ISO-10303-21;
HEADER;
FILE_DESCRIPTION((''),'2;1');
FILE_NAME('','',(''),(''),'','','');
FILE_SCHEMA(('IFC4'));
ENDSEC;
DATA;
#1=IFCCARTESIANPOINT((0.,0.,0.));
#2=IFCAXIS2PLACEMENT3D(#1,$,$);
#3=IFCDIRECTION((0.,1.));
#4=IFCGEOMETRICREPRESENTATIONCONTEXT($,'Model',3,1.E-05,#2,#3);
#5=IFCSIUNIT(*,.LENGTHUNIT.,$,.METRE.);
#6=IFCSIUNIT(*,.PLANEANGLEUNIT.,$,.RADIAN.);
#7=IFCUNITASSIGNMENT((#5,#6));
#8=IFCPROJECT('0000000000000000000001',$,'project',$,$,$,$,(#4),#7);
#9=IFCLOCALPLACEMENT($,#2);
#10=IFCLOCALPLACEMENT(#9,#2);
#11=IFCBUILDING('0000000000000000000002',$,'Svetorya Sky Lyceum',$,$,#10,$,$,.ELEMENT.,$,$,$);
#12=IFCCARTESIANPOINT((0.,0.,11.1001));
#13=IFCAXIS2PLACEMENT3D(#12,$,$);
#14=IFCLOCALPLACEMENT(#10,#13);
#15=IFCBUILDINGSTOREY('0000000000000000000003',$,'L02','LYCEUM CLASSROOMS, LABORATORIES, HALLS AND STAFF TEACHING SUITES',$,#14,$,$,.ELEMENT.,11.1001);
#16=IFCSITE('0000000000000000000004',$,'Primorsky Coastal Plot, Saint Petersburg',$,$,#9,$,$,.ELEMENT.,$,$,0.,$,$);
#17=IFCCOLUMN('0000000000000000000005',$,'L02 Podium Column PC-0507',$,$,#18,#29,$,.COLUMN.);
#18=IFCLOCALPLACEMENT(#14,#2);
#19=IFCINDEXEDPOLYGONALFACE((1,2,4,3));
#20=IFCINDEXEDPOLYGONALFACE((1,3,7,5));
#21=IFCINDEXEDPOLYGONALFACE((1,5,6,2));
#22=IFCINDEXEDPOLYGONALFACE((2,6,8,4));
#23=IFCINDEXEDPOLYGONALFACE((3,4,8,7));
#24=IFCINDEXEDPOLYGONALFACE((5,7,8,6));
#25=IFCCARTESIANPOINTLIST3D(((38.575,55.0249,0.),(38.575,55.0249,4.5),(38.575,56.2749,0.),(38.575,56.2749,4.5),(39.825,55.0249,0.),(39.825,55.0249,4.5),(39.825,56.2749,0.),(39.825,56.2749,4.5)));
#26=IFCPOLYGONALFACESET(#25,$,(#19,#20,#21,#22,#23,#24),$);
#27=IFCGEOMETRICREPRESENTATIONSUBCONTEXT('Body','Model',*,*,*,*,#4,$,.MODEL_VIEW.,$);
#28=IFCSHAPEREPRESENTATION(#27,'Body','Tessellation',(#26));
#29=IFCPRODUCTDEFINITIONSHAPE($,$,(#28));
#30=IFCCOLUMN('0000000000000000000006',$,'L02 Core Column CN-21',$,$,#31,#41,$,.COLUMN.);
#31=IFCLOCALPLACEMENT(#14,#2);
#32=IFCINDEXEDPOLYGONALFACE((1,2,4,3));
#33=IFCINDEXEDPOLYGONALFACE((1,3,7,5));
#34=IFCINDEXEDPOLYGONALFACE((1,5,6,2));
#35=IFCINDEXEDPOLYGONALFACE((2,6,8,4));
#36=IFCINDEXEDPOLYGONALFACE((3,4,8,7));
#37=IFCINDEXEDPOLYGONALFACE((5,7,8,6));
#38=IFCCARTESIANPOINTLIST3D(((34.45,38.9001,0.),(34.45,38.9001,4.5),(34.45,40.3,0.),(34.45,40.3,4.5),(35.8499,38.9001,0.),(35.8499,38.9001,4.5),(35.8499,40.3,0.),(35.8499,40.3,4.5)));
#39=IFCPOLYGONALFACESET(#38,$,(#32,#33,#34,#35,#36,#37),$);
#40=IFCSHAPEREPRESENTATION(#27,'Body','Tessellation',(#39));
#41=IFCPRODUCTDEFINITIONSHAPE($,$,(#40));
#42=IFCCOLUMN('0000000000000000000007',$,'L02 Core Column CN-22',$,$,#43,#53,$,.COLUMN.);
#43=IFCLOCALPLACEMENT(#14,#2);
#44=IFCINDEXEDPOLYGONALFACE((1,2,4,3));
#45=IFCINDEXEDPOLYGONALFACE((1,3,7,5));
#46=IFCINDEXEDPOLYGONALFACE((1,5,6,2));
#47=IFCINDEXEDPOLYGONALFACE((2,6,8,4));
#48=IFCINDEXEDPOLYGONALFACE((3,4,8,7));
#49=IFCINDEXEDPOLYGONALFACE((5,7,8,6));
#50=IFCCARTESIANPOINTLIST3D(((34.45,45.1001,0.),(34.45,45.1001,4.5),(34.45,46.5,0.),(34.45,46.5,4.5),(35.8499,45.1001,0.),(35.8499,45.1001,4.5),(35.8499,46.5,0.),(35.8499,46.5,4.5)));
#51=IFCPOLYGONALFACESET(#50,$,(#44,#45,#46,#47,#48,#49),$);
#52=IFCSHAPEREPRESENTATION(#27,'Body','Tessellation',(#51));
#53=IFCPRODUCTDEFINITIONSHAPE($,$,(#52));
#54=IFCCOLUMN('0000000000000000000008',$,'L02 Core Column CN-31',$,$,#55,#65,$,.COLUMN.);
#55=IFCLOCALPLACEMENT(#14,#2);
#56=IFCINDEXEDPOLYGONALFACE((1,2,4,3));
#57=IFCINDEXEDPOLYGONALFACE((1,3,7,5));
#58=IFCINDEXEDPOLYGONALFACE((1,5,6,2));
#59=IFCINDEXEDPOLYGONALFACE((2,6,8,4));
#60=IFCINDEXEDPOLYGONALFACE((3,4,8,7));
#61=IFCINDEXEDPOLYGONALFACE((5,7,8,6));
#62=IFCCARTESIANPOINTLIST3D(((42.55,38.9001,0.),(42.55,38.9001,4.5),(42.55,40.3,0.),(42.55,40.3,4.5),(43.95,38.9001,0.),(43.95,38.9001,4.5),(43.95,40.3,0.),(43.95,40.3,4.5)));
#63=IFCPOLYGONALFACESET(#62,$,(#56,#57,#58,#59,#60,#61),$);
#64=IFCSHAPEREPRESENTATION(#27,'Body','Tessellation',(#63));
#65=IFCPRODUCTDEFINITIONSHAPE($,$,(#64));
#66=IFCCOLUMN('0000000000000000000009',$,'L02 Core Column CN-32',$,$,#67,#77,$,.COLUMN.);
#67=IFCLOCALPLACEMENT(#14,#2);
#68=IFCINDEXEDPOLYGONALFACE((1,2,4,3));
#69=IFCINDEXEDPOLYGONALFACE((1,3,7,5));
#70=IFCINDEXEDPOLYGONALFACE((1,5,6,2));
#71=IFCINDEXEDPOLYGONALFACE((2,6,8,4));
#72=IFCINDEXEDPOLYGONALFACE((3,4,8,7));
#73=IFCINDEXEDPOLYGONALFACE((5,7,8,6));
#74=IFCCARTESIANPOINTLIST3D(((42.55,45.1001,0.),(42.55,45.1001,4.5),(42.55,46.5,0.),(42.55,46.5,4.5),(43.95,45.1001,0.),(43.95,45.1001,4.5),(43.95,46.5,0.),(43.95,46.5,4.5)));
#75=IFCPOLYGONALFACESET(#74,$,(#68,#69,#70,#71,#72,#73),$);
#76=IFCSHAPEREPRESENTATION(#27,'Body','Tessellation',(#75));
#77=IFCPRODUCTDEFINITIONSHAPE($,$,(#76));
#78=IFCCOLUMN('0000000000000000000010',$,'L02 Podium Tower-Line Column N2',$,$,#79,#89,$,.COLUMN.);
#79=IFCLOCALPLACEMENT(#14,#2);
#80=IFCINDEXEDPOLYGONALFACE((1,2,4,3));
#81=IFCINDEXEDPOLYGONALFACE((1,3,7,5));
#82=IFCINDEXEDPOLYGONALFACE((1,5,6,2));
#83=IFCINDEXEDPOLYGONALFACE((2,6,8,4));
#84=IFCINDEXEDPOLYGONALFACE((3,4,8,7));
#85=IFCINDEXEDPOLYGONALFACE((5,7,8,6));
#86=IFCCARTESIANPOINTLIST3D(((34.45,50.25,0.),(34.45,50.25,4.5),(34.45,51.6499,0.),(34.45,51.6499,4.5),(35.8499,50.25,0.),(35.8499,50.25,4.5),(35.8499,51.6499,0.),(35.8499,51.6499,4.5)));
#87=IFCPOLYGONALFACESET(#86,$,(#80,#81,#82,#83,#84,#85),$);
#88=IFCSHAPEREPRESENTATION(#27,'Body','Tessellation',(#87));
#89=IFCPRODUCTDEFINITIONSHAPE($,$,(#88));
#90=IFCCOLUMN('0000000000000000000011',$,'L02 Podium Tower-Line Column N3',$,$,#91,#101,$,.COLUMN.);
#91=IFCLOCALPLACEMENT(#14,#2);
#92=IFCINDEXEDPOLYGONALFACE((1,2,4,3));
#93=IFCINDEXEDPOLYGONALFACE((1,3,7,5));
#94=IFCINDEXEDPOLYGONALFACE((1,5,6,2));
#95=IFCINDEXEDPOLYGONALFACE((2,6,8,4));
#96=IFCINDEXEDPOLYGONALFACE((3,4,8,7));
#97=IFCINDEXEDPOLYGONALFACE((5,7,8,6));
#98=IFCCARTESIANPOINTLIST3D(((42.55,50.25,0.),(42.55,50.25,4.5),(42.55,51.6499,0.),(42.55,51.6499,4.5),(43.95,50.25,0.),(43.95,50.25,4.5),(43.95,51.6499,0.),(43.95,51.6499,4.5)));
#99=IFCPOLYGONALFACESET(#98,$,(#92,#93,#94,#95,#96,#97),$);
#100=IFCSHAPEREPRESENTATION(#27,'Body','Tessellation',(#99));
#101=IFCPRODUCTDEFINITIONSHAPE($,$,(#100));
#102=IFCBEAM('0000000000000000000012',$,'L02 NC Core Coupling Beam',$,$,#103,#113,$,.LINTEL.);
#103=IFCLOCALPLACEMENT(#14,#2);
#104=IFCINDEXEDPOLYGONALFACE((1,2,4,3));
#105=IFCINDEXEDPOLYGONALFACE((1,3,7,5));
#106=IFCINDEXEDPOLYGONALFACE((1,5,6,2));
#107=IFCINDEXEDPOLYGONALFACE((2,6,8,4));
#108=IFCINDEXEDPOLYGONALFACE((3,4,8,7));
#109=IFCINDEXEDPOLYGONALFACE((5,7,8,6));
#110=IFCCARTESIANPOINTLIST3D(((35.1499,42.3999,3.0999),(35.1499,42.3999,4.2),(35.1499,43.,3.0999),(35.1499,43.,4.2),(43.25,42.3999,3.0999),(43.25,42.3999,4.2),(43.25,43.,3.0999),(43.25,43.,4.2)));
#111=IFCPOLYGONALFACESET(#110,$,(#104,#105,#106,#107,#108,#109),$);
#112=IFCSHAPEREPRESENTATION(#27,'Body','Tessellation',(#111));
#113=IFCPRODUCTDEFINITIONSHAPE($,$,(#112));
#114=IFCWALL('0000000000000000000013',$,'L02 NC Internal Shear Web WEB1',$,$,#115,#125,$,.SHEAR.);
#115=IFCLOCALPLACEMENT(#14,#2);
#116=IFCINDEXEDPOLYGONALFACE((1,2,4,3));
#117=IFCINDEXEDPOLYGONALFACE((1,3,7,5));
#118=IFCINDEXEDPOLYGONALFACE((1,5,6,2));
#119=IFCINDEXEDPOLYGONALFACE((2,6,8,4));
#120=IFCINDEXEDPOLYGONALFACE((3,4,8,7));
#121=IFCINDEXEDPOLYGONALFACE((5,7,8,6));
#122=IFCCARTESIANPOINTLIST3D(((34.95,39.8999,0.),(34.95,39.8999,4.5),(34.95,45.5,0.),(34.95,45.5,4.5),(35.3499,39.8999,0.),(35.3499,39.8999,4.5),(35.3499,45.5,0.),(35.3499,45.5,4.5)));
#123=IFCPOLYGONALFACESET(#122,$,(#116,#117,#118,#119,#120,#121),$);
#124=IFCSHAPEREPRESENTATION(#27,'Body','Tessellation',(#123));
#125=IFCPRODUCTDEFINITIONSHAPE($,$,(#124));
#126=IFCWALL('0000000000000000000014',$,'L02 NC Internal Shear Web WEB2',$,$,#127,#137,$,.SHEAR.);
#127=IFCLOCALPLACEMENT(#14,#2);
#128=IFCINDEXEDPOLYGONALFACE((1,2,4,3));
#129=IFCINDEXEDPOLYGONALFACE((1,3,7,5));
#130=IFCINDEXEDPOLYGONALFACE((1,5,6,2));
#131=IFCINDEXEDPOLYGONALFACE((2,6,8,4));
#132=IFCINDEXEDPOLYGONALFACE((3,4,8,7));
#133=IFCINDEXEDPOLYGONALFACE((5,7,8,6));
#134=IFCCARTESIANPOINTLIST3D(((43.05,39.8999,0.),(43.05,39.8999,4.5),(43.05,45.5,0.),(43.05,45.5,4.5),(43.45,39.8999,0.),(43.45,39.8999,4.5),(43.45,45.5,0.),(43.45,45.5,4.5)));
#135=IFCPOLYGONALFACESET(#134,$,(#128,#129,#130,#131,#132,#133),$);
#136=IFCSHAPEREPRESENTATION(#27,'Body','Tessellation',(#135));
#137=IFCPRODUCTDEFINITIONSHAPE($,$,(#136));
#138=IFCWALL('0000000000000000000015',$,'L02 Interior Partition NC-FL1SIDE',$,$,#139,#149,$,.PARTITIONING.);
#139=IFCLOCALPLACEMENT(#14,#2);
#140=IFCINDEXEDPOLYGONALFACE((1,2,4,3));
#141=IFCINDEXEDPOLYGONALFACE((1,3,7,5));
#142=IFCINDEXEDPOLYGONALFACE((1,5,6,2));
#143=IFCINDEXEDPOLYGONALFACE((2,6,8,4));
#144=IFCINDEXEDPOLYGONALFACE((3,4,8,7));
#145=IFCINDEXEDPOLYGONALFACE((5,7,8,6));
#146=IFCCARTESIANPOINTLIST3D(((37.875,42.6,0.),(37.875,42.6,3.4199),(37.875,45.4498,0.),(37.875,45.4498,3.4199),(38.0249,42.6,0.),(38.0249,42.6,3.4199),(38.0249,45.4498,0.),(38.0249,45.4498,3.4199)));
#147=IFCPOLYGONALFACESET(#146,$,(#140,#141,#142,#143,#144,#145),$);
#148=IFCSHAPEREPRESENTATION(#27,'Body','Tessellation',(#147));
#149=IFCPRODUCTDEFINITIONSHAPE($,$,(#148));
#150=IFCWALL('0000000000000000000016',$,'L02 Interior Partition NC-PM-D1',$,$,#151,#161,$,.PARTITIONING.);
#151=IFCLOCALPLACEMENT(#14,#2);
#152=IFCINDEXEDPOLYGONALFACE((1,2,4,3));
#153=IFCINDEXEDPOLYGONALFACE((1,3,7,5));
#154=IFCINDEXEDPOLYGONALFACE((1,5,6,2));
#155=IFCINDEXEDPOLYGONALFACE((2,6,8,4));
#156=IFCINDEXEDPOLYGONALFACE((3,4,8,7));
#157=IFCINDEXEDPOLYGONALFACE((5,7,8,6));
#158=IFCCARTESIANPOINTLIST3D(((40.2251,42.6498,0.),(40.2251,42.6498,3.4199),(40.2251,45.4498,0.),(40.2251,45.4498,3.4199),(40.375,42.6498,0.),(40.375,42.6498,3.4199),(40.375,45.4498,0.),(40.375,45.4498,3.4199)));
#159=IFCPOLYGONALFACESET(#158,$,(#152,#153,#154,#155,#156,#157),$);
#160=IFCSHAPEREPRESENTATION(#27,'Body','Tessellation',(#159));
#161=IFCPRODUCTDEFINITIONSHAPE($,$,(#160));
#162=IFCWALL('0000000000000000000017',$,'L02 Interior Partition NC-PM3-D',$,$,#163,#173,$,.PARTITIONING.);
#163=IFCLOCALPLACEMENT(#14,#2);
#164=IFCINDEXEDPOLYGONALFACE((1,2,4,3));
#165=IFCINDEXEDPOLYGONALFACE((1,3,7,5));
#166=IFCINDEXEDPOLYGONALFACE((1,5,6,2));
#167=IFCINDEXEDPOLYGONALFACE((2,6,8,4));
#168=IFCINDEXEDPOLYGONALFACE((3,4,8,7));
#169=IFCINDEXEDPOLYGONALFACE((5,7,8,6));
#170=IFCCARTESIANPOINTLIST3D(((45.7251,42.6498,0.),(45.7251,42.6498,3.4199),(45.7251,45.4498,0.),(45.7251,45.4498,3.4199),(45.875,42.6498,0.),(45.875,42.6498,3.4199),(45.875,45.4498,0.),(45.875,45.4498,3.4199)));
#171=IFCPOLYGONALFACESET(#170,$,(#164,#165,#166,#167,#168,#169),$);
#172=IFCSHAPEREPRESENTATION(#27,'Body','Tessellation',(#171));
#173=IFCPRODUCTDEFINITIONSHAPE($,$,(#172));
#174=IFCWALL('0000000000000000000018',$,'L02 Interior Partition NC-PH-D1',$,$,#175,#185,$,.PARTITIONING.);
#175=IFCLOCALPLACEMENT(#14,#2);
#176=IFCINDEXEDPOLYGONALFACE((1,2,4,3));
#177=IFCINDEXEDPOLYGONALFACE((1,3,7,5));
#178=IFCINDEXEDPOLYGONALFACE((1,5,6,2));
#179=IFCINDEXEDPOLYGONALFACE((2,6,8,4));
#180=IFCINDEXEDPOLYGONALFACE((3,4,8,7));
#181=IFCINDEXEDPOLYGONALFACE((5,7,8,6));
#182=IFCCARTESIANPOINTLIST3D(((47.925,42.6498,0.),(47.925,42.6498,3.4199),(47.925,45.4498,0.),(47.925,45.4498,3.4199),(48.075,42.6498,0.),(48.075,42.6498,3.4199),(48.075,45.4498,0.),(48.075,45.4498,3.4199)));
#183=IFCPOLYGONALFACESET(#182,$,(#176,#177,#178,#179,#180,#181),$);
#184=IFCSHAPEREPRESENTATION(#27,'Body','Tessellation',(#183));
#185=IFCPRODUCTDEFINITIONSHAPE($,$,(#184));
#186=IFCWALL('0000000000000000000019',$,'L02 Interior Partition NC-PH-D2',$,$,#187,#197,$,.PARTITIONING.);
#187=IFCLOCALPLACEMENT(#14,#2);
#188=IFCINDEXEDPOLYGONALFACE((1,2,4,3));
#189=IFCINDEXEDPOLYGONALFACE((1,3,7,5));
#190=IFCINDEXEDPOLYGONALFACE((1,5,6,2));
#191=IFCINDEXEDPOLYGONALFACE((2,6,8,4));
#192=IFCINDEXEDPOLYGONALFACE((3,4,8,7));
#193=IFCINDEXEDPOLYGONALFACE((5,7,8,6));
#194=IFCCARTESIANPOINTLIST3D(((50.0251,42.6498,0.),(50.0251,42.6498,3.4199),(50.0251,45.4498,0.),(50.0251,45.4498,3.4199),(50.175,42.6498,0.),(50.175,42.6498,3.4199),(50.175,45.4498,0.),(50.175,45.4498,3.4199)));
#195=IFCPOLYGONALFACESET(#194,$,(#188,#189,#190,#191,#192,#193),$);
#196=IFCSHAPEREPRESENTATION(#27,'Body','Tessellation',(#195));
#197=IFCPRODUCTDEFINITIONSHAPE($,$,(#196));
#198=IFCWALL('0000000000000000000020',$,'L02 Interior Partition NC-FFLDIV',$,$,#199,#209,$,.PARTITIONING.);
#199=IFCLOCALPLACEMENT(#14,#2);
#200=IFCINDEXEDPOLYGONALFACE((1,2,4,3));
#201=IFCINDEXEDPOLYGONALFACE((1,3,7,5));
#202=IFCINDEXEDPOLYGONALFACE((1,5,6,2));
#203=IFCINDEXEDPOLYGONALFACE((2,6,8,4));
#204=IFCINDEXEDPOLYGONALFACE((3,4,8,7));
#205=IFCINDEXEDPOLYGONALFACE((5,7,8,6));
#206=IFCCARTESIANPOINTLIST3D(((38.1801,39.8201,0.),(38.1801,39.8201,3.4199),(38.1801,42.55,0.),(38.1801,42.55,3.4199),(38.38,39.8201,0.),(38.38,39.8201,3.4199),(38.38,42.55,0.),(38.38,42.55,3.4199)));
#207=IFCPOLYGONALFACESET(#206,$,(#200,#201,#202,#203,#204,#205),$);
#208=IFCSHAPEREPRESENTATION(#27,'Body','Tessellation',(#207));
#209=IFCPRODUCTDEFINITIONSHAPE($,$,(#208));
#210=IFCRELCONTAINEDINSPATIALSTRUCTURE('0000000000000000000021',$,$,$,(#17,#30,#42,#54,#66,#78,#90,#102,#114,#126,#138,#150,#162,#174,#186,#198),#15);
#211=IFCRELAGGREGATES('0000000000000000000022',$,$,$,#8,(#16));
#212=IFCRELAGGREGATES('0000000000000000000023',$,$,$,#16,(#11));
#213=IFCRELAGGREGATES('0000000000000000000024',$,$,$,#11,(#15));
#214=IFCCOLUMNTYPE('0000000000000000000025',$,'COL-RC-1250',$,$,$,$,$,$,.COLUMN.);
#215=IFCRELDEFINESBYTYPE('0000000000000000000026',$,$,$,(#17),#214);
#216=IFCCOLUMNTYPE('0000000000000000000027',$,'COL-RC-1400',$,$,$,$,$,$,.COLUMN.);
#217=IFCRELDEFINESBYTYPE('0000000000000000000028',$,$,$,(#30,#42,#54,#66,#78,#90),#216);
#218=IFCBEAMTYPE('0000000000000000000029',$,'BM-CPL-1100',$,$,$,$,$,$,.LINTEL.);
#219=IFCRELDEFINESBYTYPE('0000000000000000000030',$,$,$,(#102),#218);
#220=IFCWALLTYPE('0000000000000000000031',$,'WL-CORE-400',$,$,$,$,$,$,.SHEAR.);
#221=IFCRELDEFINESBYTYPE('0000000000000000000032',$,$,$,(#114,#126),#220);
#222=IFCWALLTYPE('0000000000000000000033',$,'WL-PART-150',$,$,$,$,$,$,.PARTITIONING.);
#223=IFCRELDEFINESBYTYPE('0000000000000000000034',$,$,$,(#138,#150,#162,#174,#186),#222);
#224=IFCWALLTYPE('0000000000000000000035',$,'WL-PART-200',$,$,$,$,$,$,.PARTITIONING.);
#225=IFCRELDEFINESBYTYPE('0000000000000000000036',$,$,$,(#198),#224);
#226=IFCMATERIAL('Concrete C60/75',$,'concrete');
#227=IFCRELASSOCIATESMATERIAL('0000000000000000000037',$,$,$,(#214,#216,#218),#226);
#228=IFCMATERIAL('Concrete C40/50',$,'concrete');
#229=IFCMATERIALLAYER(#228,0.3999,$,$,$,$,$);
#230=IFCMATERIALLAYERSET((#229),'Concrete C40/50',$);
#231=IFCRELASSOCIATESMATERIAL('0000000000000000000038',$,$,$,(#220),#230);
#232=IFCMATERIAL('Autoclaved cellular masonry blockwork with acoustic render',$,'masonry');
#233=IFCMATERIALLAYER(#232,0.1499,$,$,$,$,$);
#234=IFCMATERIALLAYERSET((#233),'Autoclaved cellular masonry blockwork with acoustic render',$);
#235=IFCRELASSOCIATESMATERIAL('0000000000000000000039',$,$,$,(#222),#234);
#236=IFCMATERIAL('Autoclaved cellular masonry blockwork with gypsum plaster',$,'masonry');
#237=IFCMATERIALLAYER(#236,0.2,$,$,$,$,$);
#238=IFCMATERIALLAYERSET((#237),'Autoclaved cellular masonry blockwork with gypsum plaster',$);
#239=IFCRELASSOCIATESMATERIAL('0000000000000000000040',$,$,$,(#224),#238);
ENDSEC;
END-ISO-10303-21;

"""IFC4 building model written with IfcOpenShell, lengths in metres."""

from ifc_helpers import new_model, si_unit, direction, frame, frame_2d, origin, origin_2d, place, context, subcontext, project, spatial, rectangle, extrude, material, layer, layer_set, material_profile, profile_set, type_object, element, save


model = new_model("IFC4")

# Units and contexts
model_context = context("Model", 3, precision=1e-05, world=origin(), true_north=direction((0.0, 1.0)))
body_context = subcontext(model_context, "Body", "Model", "MODEL_VIEW")
ifc_project = project(units=[si_unit("LENGTHUNIT", "METRE"), si_unit("PLANEANGLEUNIT", "RADIAN")], contexts=[model_context])

# Site, building, storey
site_placement = place(None, origin())
site = spatial("IfcSite", under=ifc_project, at=site_placement, Name="Primorsky Coastal Plot, Saint Petersburg", CompositionType="ELEMENT", RefElevation=0.0)
building_placement = place(site_placement, origin())
building = spatial("IfcBuilding", under=site, at=building_placement, Name="Svetorya Sky Lyceum", CompositionType="ELEMENT")
storey_placement = place(building_placement, frame((0.0, 0.0, 11.1001)))
storey = spatial("IfcBuildingStorey", under=building, at=storey_placement, Name="L02", Description="LYCEUM CLASSROOMS, LABORATORIES, HALLS AND STAFF TEACHING SUITES", CompositionType="ELEMENT", Elevation=11.1001)

# Columns
ifc_material_1 = material(Name="Concrete C60/75", Category="concrete")
ifc_material_profile_1 = material_profile(ifc_material_1, rectangle(XDim=1.25, YDim=1.25, at=origin_2d()), Name="RC COL 1250x1250")
ifc_profile_set_1 = profile_set([ifc_material_profile_1], Name="Concrete C60/75")
column_type_1 = type_object("IfcColumnType", Name="COL-RC-1250", PredefinedType="COLUMN", material=ifc_profile_set_1)
column_placement = place(storey_placement, frame((39.2, 55.6499, 0.0), z_axis=(0.0, 0.0, 1.0), x_axis=(1.0, 0.0, 0.0)))
element("IfcColumn", 1, at=column_placement, inside=storey, type_object=column_type_1, Name="L02 Podium Column PC-0507", PredefinedType="COLUMN", context=body_context, shape_type="SweptSolid", body=[
    extrude(rectangle(XDim=1.25, YDim=1.25, at=origin_2d()), origin(), (0.0, 0.0, 1.0), 4.5),
])
ifc_material_profile_2 = material_profile(ifc_material_1, rectangle(XDim=1.3999, YDim=1.3999, at=origin_2d()), Name="RC COL 1400x1400")
ifc_profile_set_2 = profile_set([ifc_material_profile_2], Name="Concrete C60/75")
column_type_2 = type_object("IfcColumnType", Name="COL-RC-1400", PredefinedType="COLUMN", material=ifc_profile_set_2)
for number, where, z_axis, x_axis, name in (
    (2, (35.1499, 39.6001, 0.0), (0.0, 0.0, 1.0), (1.0, 0.0, 0.0), "L02 Core Column CN-21"),
    (3, (35.1499, 45.8, 0.0), (0.0, 0.0, 1.0), (1.0, 0.0, 0.0), "L02 Core Column CN-22"),
    (4, (43.25, 39.6001, 0.0), (0.0, 0.0, 1.0), (1.0, 0.0, 0.0), "L02 Core Column CN-31"),
    (5, (43.25, 45.8, 0.0), (0.0, 0.0, 1.0), (1.0, 0.0, 0.0), "L02 Core Column CN-32"),
    (6, (35.1499, 50.95, 0.0), (0.0, 0.0, 1.0), (1.0, 0.0, 0.0), "L02 Podium Tower-Line Column N2"),
    (7, (43.25, 50.95, 0.0), (0.0, 0.0, 1.0), (1.0, 0.0, 0.0), "L02 Podium Tower-Line Column N3"),
):
    element("IfcColumn", number, at=place(storey_placement, frame(where, z_axis=z_axis, x_axis=x_axis)), inside=storey, type_object=column_type_2, Name=name, PredefinedType="COLUMN", context=body_context, shape_type="SweptSolid", body=[
        extrude(rectangle(XDim=1.3999, YDim=1.3999, at=origin_2d()), origin(), (0.0, 0.0, 1.0), 4.5),
    ])

# Beam
ifc_material_profile_3 = material_profile(ifc_material_1, rectangle(XDim=0.6001, YDim=1.1001, at=origin_2d()), Name="RC COUPLING 600x1100")
ifc_profile_set_3 = profile_set([ifc_material_profile_3], Name="Concrete C60/75")
beam_type = type_object("IfcBeamType", Name="BM-CPL-1100", PredefinedType="LINTEL", material=ifc_profile_set_3)
beam_placement = place(storey_placement, frame((35.1499, 42.7, 3.6499), z_axis=(1.0, 0.0, 0.0), x_axis=(0.0, 1.0, 0.0)))
element("IfcBeam", 8, at=beam_placement, inside=storey, type_object=beam_type, Name="L02 NC Core Coupling Beam", PredefinedType="LINTEL", context=body_context, shape_type="SweptSolid", body=[
    extrude(rectangle(XDim=0.6001, YDim=1.1001, at=origin_2d()), origin(), (0.0, 0.0, 1.0), 8.1001),
])

# Walls
ifc_material_2 = material(Name="Concrete C40/50", Category="concrete")
ifc_layer_1 = layer(ifc_material_2, 0.3999)
ifc_layer_set_1 = layer_set([ifc_layer_1], Name="Concrete C40/50")
wall_type_1 = type_object("IfcWallType", Name="WL-CORE-400", PredefinedType="SHEAR", material=ifc_layer_set_1)
for number, where, z_axis, x_axis, name in (
    (9, (35.1499, 39.8999, 0.0), (0.0, 0.0, 1.0), (0.0, 1.0, 0.0), "L02 NC Internal Shear Web WEB1"),
    (10, (43.25, 39.8999, 0.0), (0.0, 0.0, 1.0), (0.0, 1.0, 0.0), "L02 NC Internal Shear Web WEB2"),
):
    element("IfcWall", number, at=place(storey_placement, frame(where, z_axis=z_axis, x_axis=x_axis)), inside=storey, type_object=wall_type_1, Name=name, PredefinedType="SHEAR", context=body_context, shape_type="SweptSolid", body=[
        extrude(rectangle(XDim=5.6001, YDim=0.3999, at=frame_2d((2.8, 0.0))), origin(), (0.0, 0.0, 1.0), 4.5),
    ])
ifc_material_3 = material(Name="Autoclaved cellular masonry blockwork with acoustic render", Category="masonry")
ifc_layer_2 = layer(ifc_material_3, 0.1499)
ifc_layer_set_2 = layer_set([ifc_layer_2], Name="Autoclaved cellular masonry blockwork with acoustic render")
wall_type_2 = type_object("IfcWallType", Name="WL-PART-150", PredefinedType="PARTITIONING", material=ifc_layer_set_2)
wall_1_placement = place(storey_placement, frame((37.95, 42.6001, 0.0), z_axis=(0.0, 0.0, 1.0), x_axis=(0.0, 1.0, 0.0)))
element("IfcWall", 11, at=wall_1_placement, inside=storey, type_object=wall_type_2, Name="L02 Interior Partition NC-FL1SIDE", PredefinedType="PARTITIONING", context=body_context, shape_type="SweptSolid", body=[
    extrude(rectangle(XDim=2.8499, YDim=0.1499, at=frame_2d((1.4248, 0.0))), origin(), (0.0, 0.0, 1.0), 3.4199),
])
for number, where, z_axis, x_axis, name in (
    (12, (40.3, 42.6499, 0.0), (0.0, 0.0, 1.0), (0.0, 1.0, 0.0), "L02 Interior Partition NC-PM-D1"),
    (13, (45.8, 42.6499, 0.0), (0.0, 0.0, 1.0), (0.0, 1.0, 0.0), "L02 Interior Partition NC-PM3-D"),
    (14, (48.0, 42.6499, 0.0), (0.0, 0.0, 1.0), (0.0, 1.0, 0.0), "L02 Interior Partition NC-PH-D1"),
    (15, (50.1001, 42.6499, 0.0), (0.0, 0.0, 1.0), (0.0, 1.0, 0.0), "L02 Interior Partition NC-PH-D2"),
):
    element("IfcWall", number, at=place(storey_placement, frame(where, z_axis=z_axis, x_axis=x_axis)), inside=storey, type_object=wall_type_2, Name=name, PredefinedType="PARTITIONING", context=body_context, shape_type="SweptSolid", body=[
        extrude(rectangle(XDim=2.8, YDim=0.1499, at=frame_2d((1.3999, 0.0))), origin(), (0.0, 0.0, 1.0), 3.4199),
    ])

# Shared definitions
ifc_material_4 = material(Name="Autoclaved cellular masonry blockwork with gypsum plaster", Category="masonry")
ifc_layer_3 = layer(ifc_material_4, 0.2)
ifc_layer_set_3 = layer_set([ifc_layer_3], Name="Autoclaved cellular masonry blockwork with gypsum plaster")
wall_type_3 = type_object("IfcWallType", Name="WL-PART-200", PredefinedType="PARTITIONING", material=ifc_layer_set_3)

# Wall
wall_2_placement = place(storey_placement, frame((38.28, 39.8201, 0.0), z_axis=(0.0, 0.0, 1.0), x_axis=(0.0, 1.0, 0.0)))
element("IfcWall", 16, at=wall_2_placement, inside=storey, type_object=wall_type_3, Name="L02 Interior Partition NC-FFLDIV", PredefinedType="PARTITIONING", context=body_context, shape_type="SweptSolid", body=[
    extrude(rectangle(XDim=2.73, YDim=0.2, at=frame_2d((1.365, 0.0))), origin(), (0.0, 0.0, 1.0), 3.4199),
])

save(model, "model.ifc")
